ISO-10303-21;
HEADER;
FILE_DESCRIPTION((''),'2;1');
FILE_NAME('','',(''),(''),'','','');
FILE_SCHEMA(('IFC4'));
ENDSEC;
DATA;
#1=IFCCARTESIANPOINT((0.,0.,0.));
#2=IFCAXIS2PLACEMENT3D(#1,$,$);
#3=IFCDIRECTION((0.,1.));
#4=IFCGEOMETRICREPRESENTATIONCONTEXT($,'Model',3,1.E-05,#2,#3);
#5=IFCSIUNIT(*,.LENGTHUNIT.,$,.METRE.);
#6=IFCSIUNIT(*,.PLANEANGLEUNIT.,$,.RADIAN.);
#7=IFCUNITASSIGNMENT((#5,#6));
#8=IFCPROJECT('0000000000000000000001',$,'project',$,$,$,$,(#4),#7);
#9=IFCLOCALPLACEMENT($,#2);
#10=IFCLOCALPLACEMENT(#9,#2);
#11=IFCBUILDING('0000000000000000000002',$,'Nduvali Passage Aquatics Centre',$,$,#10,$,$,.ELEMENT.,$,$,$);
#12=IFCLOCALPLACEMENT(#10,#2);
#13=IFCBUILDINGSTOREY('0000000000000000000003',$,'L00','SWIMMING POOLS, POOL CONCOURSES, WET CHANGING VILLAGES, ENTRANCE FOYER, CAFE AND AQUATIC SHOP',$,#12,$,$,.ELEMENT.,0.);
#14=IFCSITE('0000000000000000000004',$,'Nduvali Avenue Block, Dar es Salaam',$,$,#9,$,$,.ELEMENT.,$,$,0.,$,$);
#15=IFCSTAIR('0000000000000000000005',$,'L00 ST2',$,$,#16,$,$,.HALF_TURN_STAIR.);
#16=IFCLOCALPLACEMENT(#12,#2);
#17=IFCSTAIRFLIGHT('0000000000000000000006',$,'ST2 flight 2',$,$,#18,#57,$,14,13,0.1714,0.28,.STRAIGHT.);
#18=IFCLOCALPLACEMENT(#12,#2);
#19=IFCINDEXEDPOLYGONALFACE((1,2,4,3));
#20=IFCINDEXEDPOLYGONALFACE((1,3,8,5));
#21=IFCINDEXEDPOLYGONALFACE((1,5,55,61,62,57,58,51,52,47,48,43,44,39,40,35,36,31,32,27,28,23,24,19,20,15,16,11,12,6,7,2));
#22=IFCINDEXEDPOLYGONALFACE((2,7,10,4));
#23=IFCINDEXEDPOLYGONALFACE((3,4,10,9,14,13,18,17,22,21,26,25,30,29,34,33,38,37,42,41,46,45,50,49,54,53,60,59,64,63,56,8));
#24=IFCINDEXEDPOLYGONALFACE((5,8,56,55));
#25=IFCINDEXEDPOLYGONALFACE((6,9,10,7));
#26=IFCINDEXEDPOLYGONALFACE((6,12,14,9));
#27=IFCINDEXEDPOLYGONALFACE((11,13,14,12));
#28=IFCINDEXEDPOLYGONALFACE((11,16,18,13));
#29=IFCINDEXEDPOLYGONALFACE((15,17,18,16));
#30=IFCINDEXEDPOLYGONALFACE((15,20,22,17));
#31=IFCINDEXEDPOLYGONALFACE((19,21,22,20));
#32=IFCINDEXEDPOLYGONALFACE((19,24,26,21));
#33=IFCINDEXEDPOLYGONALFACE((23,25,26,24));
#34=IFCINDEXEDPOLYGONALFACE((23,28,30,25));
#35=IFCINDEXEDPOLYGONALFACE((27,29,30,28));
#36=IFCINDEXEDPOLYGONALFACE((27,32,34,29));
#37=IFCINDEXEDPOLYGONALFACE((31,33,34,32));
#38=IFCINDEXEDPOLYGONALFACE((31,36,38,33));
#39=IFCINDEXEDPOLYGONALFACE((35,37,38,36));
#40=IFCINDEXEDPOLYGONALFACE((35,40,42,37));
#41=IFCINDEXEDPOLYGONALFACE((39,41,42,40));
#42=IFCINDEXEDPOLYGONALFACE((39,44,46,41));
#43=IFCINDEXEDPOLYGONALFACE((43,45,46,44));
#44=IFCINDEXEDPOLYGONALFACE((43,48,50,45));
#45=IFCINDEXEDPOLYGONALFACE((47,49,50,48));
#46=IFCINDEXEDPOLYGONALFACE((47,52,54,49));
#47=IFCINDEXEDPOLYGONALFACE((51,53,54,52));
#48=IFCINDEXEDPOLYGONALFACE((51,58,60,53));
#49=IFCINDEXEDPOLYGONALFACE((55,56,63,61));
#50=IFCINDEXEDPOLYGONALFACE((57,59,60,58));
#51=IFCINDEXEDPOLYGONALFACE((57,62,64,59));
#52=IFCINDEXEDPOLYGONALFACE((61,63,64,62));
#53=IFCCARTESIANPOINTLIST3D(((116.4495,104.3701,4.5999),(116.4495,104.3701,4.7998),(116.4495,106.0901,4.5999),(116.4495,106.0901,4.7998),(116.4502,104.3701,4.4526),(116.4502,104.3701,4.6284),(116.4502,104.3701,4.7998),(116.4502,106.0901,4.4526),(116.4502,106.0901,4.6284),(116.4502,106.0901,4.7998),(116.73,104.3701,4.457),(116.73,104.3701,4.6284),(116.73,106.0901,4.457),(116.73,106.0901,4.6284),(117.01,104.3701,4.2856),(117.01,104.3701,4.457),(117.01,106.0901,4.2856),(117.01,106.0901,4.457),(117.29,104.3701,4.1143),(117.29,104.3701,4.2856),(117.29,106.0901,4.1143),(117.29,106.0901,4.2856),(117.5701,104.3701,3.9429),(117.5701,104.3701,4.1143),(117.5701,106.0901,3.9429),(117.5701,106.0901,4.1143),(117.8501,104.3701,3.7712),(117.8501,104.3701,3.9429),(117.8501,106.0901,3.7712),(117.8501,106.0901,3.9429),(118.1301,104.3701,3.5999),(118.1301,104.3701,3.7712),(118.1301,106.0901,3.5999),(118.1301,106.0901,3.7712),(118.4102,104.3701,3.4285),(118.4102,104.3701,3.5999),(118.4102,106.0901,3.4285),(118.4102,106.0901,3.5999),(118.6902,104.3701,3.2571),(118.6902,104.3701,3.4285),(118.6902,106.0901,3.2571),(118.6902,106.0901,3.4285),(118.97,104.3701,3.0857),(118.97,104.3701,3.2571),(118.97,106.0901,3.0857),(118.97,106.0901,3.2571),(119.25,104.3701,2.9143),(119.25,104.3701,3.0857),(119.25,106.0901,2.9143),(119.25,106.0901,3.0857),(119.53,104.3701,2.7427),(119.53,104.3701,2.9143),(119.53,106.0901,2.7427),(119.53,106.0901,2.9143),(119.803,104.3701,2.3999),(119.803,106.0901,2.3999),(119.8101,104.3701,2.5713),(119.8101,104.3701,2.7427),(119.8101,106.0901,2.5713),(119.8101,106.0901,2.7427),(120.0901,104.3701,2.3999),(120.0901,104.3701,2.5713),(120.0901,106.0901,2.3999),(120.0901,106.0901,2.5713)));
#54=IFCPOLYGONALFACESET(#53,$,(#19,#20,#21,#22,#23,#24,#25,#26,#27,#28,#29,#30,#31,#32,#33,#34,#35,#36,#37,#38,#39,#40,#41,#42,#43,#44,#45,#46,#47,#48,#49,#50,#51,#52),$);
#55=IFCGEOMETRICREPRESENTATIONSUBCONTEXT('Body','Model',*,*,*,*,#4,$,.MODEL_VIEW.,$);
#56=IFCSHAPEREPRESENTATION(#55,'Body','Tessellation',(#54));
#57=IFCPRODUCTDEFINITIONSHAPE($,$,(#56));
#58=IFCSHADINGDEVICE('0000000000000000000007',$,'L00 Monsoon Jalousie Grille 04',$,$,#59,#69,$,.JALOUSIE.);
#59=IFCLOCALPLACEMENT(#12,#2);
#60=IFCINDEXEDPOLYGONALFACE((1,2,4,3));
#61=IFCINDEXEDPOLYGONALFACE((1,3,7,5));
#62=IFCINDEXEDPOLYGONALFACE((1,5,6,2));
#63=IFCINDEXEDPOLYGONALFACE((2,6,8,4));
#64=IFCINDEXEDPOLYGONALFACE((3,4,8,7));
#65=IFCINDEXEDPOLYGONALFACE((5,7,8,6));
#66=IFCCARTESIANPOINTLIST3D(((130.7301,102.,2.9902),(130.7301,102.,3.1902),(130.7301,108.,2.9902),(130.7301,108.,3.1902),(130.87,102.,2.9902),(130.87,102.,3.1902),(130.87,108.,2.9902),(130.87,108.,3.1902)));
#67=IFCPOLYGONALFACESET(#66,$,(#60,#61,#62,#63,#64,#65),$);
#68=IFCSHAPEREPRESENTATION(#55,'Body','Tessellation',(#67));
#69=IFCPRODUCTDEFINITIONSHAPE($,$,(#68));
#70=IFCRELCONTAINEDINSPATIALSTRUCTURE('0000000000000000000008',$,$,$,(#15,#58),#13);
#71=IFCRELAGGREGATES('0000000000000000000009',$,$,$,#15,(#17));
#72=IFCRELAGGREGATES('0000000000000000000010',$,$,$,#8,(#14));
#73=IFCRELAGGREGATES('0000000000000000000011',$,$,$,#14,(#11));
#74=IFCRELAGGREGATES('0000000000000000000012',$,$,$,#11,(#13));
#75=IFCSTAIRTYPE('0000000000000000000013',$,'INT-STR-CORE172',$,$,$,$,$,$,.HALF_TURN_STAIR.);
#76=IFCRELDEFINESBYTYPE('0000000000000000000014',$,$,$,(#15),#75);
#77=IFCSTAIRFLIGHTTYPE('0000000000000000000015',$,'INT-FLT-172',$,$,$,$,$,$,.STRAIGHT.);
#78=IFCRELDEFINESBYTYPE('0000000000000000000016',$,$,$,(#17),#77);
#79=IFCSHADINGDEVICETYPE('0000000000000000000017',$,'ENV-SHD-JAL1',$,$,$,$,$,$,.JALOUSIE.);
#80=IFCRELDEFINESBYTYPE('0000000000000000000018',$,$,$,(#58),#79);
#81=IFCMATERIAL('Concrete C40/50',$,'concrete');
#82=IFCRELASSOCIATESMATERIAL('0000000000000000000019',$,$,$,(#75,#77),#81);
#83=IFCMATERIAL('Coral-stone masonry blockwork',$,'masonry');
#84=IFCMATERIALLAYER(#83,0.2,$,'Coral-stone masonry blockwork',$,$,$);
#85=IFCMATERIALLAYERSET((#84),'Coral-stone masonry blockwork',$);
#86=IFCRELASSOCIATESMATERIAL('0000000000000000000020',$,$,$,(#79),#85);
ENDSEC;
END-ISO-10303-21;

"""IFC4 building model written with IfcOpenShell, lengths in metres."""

from ifc_helpers import new_model, si_unit, direction, frame, origin, origin_2d, place, context, subcontext, project, spatial, polyline, rectangle, outline, extrude, material, layer, layer_set, type_object, element, aggregate, save


model = new_model("IFC4")

# Units and contexts
model_context = context("Model", 3, precision=1e-05, world=origin(), true_north=direction((0.0, 1.0)))
body_context = subcontext(model_context, "Body", "Model", "MODEL_VIEW")
ifc_project = project(units=[si_unit("LENGTHUNIT", "METRE"), si_unit("PLANEANGLEUNIT", "RADIAN")], contexts=[model_context])

# Site, building, storey
site_placement = place(None, origin())
site = spatial("IfcSite", under=ifc_project, at=site_placement, Name="Nduvali Avenue Block, Dar es Salaam", CompositionType="ELEMENT", RefElevation=0.0)
building_placement = place(site_placement, origin())
building = spatial("IfcBuilding", under=site, at=building_placement, Name="Nduvali Passage Aquatics Centre", CompositionType="ELEMENT")
storey_placement = place(building_placement, origin())
storey = spatial("IfcBuildingStorey", under=building, at=storey_placement, Name="L00", Description="SWIMMING POOLS, POOL CONCOURSES, WET CHANGING VILLAGES, ENTRANCE FOYER, CAFE AND AQUATIC SHOP", CompositionType="ELEMENT", Elevation=0.0)

# Shared definitions
ifc_material_1 = material(Name="Concrete C40/50", Category="concrete")

# Shared definitions
ifc_material_2 = material(Name="Coral-stone masonry blockwork", Category="masonry")

# Stair, stair flight
stair_type = type_object("IfcStairType", Name="INT-STR-CORE172", PredefinedType="HALF_TURN_STAIR", material=ifc_material_1)
stair_placement = place(storey_placement, origin())
stair = element("IfcStair", 1, at=stair_placement, inside=storey, type_object=stair_type, Name="L00 ST2", PredefinedType="HALF_TURN_STAIR")
stair_flight_type = type_object("IfcStairFlightType", Name="INT-FLT-172", PredefinedType="STRAIGHT", material=ifc_material_1)
stair_flight_placement = place(storey_placement, frame((120.0901, 105.23, 2.3999), z_axis=(0.0, 0.0, 1.0), x_axis=(-1.0, 0.0, 0.0)))
stair_flight = element("IfcStairFlight", 2, at=stair_flight_placement, type_object=stair_flight_type, Name="ST2 flight 2", NumberOfRisers=14, NumberOfTreads=13, PredefinedType="STRAIGHT", RiserHeight=0.1714, TreadLength=0.28, context=body_context, shape_type="SweptSolid", body=[
    extrude(outline(polyline([(0.0, 0.0), (0.0, 0.1714), (0.28, 0.1714), (0.28, 0.3428), (0.5601, 0.3428), (0.5601, 0.5144), (0.8401, 0.5144), (0.8401, 0.6858), (1.1201, 0.6858), (1.1201, 0.8572), (1.3999, 0.8572), (1.3999, 1.0286), (1.6799, 1.0286), (1.6799, 1.2), (1.96, 1.2), (1.96, 1.3713), (2.24, 1.3713), (2.24, 1.543), (2.52, 1.543), (2.52, 1.7144), (2.8, 1.7144), (2.8, 1.8857), (3.0801, 1.8857), (3.0801, 2.0571), (3.3601, 2.0571), (3.3601, 2.2285), (3.6399, 2.2285), (3.6399, 2.3999), (3.6406, 2.3999), (3.6406, 2.2), (3.6399, 2.0527), (0.2871, 0.0), (0.0, 0.0)])), frame((0.0, 0.8599, 0.0), z_axis=(0.0, -1.0, 0.0), x_axis=(1.0, 0.0, 0.0)), (0.0, 0.0, 1.0), 1.72),
])
aggregate(stair, [stair_flight])

# Shading device
ifc_layer_1 = layer(ifc_material_2, 0.2, Name="Coral-stone masonry blockwork")
ifc_layer_set_1 = layer_set([ifc_layer_1], Name="Coral-stone masonry blockwork")
shading_device_type = type_object("IfcShadingDeviceType", Name="ENV-SHD-JAL1", PredefinedType="JALOUSIE", material=ifc_layer_set_1)
shading_device_placement = place(storey_placement, frame((130.8, 105.0, 2.9902), z_axis=(0.0, 0.0, 1.0), x_axis=(0.0, 1.0, 0.0)))
element("IfcShadingDevice", 3, at=shading_device_placement, inside=storey, type_object=shading_device_type, Name="L00 Monsoon Jalousie Grille 04", PredefinedType="JALOUSIE", context=body_context, shape_type="SweptSolid", body=[
    extrude(rectangle(XDim=6.0, YDim=0.1399, at=origin_2d()), origin(), (0.0, 0.0, 1.0), 0.2),
])

save(model, "model.ifc")
